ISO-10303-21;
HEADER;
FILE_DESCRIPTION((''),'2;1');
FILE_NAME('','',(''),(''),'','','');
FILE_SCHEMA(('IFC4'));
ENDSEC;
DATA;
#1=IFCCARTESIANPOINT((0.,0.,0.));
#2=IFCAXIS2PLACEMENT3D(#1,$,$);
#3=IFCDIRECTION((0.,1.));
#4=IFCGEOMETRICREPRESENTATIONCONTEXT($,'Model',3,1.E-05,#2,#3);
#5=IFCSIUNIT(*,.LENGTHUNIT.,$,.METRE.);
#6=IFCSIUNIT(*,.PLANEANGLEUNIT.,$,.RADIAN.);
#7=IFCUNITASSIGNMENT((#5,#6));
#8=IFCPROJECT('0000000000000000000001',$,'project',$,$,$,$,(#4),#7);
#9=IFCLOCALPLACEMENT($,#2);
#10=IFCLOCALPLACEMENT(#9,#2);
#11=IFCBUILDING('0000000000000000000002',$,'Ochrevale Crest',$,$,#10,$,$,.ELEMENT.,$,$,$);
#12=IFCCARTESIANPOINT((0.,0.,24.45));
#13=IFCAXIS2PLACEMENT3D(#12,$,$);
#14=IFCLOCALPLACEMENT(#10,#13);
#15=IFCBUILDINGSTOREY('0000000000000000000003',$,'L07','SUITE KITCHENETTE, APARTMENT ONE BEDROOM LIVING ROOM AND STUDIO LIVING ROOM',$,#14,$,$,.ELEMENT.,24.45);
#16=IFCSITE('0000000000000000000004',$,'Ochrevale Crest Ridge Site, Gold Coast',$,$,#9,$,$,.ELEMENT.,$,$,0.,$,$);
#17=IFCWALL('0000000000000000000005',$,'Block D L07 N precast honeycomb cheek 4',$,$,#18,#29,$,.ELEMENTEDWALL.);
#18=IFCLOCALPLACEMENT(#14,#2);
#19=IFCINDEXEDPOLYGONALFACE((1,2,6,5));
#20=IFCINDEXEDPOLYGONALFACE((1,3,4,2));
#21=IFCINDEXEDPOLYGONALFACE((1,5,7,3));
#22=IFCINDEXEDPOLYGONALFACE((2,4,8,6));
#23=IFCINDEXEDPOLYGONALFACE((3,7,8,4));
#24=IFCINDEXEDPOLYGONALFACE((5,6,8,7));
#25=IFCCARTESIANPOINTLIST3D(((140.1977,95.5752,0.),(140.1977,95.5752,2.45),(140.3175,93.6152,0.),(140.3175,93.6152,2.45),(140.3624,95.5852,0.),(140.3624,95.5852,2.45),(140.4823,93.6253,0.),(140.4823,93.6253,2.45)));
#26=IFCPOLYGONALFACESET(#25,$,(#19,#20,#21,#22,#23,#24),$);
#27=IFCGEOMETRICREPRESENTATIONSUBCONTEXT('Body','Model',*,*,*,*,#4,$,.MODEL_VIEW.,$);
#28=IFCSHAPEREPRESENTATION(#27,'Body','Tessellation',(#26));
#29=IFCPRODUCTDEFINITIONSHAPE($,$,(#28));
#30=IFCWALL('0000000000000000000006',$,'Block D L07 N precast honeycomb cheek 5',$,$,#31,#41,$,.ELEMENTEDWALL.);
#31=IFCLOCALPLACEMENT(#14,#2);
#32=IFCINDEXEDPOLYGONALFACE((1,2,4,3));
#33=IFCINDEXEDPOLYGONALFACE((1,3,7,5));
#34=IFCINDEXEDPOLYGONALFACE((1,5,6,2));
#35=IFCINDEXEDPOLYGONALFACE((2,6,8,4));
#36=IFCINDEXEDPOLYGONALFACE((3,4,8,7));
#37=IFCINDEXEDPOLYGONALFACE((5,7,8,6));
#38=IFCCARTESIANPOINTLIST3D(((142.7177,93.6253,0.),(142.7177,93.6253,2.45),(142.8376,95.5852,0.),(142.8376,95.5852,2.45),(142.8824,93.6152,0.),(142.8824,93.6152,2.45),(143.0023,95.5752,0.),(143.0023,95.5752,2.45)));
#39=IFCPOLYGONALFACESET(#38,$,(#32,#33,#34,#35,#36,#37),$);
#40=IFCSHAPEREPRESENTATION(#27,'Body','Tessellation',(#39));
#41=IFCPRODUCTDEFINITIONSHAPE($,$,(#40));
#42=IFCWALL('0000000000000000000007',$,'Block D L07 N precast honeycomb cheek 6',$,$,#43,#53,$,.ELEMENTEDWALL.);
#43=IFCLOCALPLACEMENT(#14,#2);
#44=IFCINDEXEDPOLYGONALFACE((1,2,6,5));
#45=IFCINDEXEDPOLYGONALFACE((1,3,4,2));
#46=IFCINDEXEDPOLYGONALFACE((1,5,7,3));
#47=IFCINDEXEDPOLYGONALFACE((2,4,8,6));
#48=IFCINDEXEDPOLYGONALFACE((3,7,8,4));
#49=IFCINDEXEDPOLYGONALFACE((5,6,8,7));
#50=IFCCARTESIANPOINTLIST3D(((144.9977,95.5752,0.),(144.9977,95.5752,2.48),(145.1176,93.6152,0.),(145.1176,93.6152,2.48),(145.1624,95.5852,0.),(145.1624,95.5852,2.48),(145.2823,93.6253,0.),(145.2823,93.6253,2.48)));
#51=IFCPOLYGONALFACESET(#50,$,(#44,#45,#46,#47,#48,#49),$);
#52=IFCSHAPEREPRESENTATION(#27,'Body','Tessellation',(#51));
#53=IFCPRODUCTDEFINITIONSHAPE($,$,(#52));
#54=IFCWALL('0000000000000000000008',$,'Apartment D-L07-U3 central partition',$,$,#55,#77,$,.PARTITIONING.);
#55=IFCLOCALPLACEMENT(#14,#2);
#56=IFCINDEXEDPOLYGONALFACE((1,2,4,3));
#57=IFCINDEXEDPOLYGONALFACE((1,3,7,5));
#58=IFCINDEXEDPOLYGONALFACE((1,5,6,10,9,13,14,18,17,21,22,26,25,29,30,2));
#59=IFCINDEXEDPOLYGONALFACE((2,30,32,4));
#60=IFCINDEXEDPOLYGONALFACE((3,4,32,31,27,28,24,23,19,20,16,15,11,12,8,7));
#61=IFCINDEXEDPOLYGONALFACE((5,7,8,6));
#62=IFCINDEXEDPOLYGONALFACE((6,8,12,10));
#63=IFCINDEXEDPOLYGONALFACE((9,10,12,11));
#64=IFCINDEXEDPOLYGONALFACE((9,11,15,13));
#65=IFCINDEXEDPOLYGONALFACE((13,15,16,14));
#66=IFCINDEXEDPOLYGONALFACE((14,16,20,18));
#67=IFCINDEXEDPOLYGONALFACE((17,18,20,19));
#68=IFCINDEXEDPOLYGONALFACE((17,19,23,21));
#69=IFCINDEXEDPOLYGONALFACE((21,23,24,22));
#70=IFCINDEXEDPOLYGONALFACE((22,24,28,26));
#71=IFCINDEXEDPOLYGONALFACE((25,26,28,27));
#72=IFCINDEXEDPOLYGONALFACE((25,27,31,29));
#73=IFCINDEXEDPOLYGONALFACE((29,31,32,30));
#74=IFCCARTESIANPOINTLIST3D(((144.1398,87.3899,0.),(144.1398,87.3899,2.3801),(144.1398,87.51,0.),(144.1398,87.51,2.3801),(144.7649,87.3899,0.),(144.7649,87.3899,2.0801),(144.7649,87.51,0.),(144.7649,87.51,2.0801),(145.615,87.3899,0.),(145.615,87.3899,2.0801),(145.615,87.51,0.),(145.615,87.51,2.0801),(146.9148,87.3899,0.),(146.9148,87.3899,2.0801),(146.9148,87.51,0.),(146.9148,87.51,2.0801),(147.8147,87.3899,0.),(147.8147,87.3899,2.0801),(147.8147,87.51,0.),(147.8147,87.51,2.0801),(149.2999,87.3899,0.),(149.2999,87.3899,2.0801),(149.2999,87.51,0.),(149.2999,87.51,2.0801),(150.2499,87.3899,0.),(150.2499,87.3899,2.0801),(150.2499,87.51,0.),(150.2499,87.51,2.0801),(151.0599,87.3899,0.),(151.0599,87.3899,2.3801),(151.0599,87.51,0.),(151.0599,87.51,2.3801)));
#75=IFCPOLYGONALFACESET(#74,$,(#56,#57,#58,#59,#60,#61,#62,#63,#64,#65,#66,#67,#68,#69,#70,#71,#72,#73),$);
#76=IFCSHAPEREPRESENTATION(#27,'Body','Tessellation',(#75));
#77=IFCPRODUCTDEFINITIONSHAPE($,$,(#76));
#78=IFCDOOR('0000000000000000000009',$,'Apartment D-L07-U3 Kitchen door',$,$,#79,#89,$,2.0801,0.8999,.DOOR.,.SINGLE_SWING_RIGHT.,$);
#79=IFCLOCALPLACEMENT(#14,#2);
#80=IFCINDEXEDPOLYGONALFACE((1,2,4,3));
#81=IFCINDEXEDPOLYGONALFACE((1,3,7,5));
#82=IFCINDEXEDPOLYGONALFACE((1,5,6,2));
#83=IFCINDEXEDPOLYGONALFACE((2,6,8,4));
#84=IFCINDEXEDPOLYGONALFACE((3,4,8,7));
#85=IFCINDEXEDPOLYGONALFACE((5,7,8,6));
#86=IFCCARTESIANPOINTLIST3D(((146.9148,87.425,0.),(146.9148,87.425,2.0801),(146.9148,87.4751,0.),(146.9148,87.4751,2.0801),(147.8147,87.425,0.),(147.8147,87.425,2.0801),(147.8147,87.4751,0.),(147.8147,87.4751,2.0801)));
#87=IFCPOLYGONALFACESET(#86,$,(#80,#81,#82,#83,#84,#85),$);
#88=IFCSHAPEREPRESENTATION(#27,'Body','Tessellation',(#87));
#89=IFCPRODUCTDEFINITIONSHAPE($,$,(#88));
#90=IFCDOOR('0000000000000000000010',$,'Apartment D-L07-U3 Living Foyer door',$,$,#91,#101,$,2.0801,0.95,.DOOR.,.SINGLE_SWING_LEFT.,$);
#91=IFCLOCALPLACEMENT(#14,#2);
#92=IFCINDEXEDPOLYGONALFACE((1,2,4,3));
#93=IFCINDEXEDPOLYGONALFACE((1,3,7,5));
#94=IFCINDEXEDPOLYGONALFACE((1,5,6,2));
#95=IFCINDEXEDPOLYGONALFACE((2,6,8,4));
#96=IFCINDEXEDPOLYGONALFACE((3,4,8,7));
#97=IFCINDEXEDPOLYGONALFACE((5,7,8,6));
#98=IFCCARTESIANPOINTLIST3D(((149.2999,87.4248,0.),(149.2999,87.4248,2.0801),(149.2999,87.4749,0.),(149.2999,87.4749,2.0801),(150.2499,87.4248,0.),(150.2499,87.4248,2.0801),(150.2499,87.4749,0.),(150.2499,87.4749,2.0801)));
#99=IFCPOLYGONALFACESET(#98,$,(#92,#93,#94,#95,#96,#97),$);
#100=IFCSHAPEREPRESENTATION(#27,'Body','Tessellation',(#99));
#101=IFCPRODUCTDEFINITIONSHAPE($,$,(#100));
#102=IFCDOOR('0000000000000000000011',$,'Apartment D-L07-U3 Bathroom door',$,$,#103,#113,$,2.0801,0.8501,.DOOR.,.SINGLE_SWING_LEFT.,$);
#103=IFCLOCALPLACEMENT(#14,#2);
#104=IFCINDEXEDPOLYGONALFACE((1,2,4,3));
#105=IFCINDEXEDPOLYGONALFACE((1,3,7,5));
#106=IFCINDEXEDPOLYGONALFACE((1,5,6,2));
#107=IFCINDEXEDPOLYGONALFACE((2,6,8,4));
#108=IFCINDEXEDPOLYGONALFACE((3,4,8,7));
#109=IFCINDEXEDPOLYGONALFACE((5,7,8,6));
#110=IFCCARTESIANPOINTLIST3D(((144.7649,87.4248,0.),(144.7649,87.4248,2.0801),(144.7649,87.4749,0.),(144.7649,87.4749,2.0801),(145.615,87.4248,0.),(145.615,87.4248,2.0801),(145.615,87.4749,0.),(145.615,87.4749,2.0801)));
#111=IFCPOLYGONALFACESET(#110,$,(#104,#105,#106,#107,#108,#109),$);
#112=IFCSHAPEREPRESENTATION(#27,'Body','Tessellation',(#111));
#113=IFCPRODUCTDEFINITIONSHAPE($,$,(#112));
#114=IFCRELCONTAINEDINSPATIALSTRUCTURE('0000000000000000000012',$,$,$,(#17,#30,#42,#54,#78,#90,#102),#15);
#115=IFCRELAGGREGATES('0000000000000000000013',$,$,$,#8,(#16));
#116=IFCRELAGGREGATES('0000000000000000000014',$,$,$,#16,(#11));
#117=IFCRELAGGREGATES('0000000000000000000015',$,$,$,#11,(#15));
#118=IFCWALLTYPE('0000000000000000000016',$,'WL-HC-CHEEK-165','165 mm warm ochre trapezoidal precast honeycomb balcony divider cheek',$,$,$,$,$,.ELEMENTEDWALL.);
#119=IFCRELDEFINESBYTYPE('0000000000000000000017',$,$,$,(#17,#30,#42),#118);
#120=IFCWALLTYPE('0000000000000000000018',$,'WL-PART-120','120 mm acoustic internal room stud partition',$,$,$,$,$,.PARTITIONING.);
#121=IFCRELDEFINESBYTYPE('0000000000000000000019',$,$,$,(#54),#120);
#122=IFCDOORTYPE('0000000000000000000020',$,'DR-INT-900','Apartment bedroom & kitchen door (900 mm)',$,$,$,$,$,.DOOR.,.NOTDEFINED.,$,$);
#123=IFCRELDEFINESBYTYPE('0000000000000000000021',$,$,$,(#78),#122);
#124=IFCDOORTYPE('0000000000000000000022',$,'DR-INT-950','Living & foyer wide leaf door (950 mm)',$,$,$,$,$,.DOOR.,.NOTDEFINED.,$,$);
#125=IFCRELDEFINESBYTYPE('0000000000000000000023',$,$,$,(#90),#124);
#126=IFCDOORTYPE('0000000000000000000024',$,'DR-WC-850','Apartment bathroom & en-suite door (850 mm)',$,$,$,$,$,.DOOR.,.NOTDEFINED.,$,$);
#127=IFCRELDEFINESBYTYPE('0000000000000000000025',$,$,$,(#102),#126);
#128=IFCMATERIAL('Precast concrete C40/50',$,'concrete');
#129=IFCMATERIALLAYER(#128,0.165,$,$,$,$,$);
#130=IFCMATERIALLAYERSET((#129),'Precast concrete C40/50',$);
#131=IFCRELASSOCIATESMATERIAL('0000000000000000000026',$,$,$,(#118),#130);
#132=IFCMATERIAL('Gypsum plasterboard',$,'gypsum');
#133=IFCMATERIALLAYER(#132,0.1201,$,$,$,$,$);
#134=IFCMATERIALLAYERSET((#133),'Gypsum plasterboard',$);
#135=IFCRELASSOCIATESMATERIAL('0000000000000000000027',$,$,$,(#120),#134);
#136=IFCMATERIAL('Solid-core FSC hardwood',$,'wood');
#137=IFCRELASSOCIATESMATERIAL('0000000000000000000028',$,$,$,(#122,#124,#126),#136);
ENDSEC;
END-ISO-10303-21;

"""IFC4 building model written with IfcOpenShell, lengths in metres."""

from ifc_helpers import new_model, si_unit, direction, frame, frame_2d, origin, place, context, subcontext, project, spatial, rectangle, extrude, material, layer, layer_set, type_object, element, fill, save


model = new_model("IFC4")

# Units and contexts
model_context = context("Model", 3, precision=1e-05, world=origin(), true_north=direction((0.0, 1.0)))
body_context = subcontext(model_context, "Body", "Model", "MODEL_VIEW")
ifc_project = project(units=[si_unit("LENGTHUNIT", "METRE"), si_unit("PLANEANGLEUNIT", "RADIAN")], contexts=[model_context])

# Site, building, storey
site_placement = place(None, origin())
site = spatial("IfcSite", under=ifc_project, at=site_placement, Name="Ochrevale Crest Ridge Site, Gold Coast", CompositionType="ELEMENT", RefElevation=0.0)
building_placement = place(site_placement, origin())
building = spatial("IfcBuilding", under=site, at=building_placement, Name="Ochrevale Crest", CompositionType="ELEMENT")
storey_placement = place(building_placement, frame((0.0, 0.0, 24.45)))
storey = spatial("IfcBuildingStorey", under=building, at=storey_placement, Name="L07", Description="SUITE KITCHENETTE, APARTMENT ONE BEDROOM LIVING ROOM AND STUDIO LIVING ROOM", CompositionType="ELEMENT", Elevation=24.45)

# Shared definitions
ifc_material_1 = material(Name="Precast concrete C40/50", Category="concrete")

# Walls
ifc_layer_1 = layer(ifc_material_1, 0.165)
ifc_layer_set_1 = layer_set([ifc_layer_1], Name="Precast concrete C40/50")
wall_type_1 = type_object("IfcWallType", Name="WL-HC-CHEEK-165", Description="165 mm warm ochre trapezoidal precast honeycomb balcony divider cheek", PredefinedType="ELEMENTEDWALL", material=ifc_layer_set_1)
for number, where, z_axis, x_axis, name in (
    (1, (140.3999, 93.6201, 0.0), (0.0, 0.0, 1.0), (-0.061047, 0.998135, 0.0), "Block D L07 N precast honeycomb cheek 4"),
    (2, (142.8, 93.6201, 0.0), (0.0, 0.0, 1.0), (0.061047, 0.998135, 0.0), "Block D L07 N precast honeycomb cheek 5"),
):
    element("IfcWall", number, at=place(storey_placement, frame(where, z_axis=z_axis, x_axis=x_axis)), inside=storey, type_object=wall_type_1, Name=name, PredefinedType="ELEMENTEDWALL", context=body_context, shape_type="SweptSolid", body=[
        extrude(rectangle(XDim=1.9636, YDim=0.165, at=frame_2d((0.9819, 0.0))), origin(), (0.0, 0.0, 1.0), 2.45),
    ])
wall_1_placement = place(storey_placement, frame((145.2, 93.6201, 0.0), z_axis=(0.0, 0.0, 1.0), x_axis=(-0.061047, 0.998135, 0.0)))
element("IfcWall", 3, at=wall_1_placement, inside=storey, type_object=wall_type_1, Name="Block D L07 N precast honeycomb cheek 6", PredefinedType="ELEMENTEDWALL", context=body_context, shape_type="SweptSolid", body=[
    extrude(rectangle(XDim=1.9636, YDim=0.165, at=frame_2d((0.9819, 0.0))), origin(), (0.0, 0.0, 1.0), 2.48),
])

# Wall, openings, doors
ifc_material_2 = material(Name="Gypsum plasterboard", Category="gypsum")
ifc_layer_2 = layer(ifc_material_2, 0.1201)
ifc_layer_set_2 = layer_set([ifc_layer_2], Name="Gypsum plasterboard")
wall_type_2 = type_object("IfcWallType", Name="WL-PART-120", Description="120 mm acoustic internal room stud partition", PredefinedType="PARTITIONING", material=ifc_layer_set_2)
wall_2_placement = place(storey_placement, frame((144.1399, 87.45, 0.0), z_axis=(0.0, 0.0, 1.0), x_axis=(1.0, 0.0, 0.0)))
wall_2 = element("IfcWall", 4, at=wall_2_placement, inside=storey, type_object=wall_type_2, Name="Apartment D-L07-U3 central partition", PredefinedType="PARTITIONING", context=body_context, shape_type="SweptSolid", body=[
    extrude(rectangle(XDim=6.9202, YDim=0.1201, at=frame_2d((3.46, 0.0))), origin(), (0.0, 0.0, 1.0), 2.3801),
])
opening_1_placement = place(wall_2_placement, frame((0.625, 0.0, 0.0)))
opening_1 = element("IfcOpeningElement", 5, at=opening_1_placement, cuts=wall_2, PredefinedType="OPENING", context=body_context, shape_type="SweptSolid", body=[
    extrude(rectangle(XDim=0.8501, YDim=2.0801, at=frame_2d((0.425, 1.04))), frame((0.0, 0.0701, 0.0), z_axis=(0.0, -1.0, 0.0), x_axis=(1.0, 0.0, 0.0)), (0.0, 0.0, 1.0), 0.1401),
])
opening_2_placement = place(wall_2_placement, frame((3.6748, 0.0, 0.0), z_axis=(0.0, 0.0, 1.0), x_axis=(-1.0, 0.0, 0.0)))
opening_2 = element("IfcOpeningElement", 6, at=opening_2_placement, cuts=wall_2, PredefinedType="OPENING", context=body_context, shape_type="SweptSolid", body=[
    extrude(rectangle(XDim=0.8999, YDim=2.0801, at=frame_2d((0.45, 1.04))), frame((0.0, 0.0701, 0.0), z_axis=(0.0, -1.0, 0.0), x_axis=(1.0, 0.0, 0.0)), (0.0, 0.0, 1.0), 0.1401),
])
opening_3_placement = place(wall_2_placement, frame((5.1599, 0.0, 0.0)))
opening_3 = element("IfcOpeningElement", 7, at=opening_3_placement, cuts=wall_2, PredefinedType="OPENING", context=body_context, shape_type="SweptSolid", body=[
    extrude(rectangle(XDim=0.95, YDim=2.0801, at=frame_2d((0.4751, 1.04))), frame((0.0, 0.0701, 0.0), z_axis=(0.0, -1.0, 0.0), x_axis=(1.0, 0.0, 0.0)), (0.0, 0.0, 1.0), 0.1401),
])
ifc_material_3 = material(Name="Solid-core FSC hardwood", Category="wood")
door_type_1 = type_object("IfcDoorType", Name="DR-INT-900", Description="Apartment bedroom & kitchen door (900 mm)", OperationType="NOTDEFINED", PredefinedType="DOOR", material=ifc_material_3)
door_1_placement = place(opening_2_placement, origin())
door_1 = element("IfcDoor", 8, at=door_1_placement, inside=storey, type_object=door_type_1, Name="Apartment D-L07-U3 Kitchen door", OperationType="SINGLE_SWING_RIGHT", OverallHeight=2.0801, OverallWidth=0.8999, PredefinedType="DOOR", context=body_context, shape_type="SweptSolid", body=[
    extrude(rectangle(XDim=0.8999, YDim=2.0801, at=frame_2d((0.45, 1.04))), frame((0.0, 0.0249, 0.0), z_axis=(0.0, -1.0, 0.0), x_axis=(1.0, 0.0, 0.0)), (0.0, 0.0, 1.0), 0.05),
])
fill(opening_2, door_1)
door_type_2 = type_object("IfcDoorType", Name="DR-INT-950", Description="Living & foyer wide leaf door (950 mm)", OperationType="NOTDEFINED", PredefinedType="DOOR", material=ifc_material_3)
door_2_placement = place(opening_3_placement, origin())
door_2 = element("IfcDoor", 9, at=door_2_placement, inside=storey, type_object=door_type_2, Name="Apartment D-L07-U3 Living Foyer door", OperationType="SINGLE_SWING_LEFT", OverallHeight=2.0801, OverallWidth=0.95, PredefinedType="DOOR", context=body_context, shape_type="SweptSolid", body=[
    extrude(rectangle(XDim=0.95, YDim=2.0801, at=frame_2d((0.4751, 1.04))), frame((0.0, 0.0249, 0.0), z_axis=(0.0, -1.0, 0.0), x_axis=(1.0, 0.0, 0.0)), (0.0, 0.0, 1.0), 0.05),
])
fill(opening_3, door_2)
door_type_3 = type_object("IfcDoorType", Name="DR-WC-850", Description="Apartment bathroom & en-suite door (850 mm)", OperationType="NOTDEFINED", PredefinedType="DOOR", material=ifc_material_3)
door_3_placement = place(opening_1_placement, origin())
door_3 = element("IfcDoor", 10, at=door_3_placement, inside=storey, type_object=door_type_3, Name="Apartment D-L07-U3 Bathroom door", OperationType="SINGLE_SWING_LEFT", OverallHeight=2.0801, OverallWidth=0.8501, PredefinedType="DOOR", context=body_context, shape_type="SweptSolid", body=[
    extrude(rectangle(XDim=0.8501, YDim=2.0801, at=frame_2d((0.425, 1.04))), frame((0.0, 0.0249, 0.0), z_axis=(0.0, -1.0, 0.0), x_axis=(1.0, 0.0, 0.0)), (0.0, 0.0, 1.0), 0.05),
])
fill(opening_1, door_3)

save(model, "model.ifc")
